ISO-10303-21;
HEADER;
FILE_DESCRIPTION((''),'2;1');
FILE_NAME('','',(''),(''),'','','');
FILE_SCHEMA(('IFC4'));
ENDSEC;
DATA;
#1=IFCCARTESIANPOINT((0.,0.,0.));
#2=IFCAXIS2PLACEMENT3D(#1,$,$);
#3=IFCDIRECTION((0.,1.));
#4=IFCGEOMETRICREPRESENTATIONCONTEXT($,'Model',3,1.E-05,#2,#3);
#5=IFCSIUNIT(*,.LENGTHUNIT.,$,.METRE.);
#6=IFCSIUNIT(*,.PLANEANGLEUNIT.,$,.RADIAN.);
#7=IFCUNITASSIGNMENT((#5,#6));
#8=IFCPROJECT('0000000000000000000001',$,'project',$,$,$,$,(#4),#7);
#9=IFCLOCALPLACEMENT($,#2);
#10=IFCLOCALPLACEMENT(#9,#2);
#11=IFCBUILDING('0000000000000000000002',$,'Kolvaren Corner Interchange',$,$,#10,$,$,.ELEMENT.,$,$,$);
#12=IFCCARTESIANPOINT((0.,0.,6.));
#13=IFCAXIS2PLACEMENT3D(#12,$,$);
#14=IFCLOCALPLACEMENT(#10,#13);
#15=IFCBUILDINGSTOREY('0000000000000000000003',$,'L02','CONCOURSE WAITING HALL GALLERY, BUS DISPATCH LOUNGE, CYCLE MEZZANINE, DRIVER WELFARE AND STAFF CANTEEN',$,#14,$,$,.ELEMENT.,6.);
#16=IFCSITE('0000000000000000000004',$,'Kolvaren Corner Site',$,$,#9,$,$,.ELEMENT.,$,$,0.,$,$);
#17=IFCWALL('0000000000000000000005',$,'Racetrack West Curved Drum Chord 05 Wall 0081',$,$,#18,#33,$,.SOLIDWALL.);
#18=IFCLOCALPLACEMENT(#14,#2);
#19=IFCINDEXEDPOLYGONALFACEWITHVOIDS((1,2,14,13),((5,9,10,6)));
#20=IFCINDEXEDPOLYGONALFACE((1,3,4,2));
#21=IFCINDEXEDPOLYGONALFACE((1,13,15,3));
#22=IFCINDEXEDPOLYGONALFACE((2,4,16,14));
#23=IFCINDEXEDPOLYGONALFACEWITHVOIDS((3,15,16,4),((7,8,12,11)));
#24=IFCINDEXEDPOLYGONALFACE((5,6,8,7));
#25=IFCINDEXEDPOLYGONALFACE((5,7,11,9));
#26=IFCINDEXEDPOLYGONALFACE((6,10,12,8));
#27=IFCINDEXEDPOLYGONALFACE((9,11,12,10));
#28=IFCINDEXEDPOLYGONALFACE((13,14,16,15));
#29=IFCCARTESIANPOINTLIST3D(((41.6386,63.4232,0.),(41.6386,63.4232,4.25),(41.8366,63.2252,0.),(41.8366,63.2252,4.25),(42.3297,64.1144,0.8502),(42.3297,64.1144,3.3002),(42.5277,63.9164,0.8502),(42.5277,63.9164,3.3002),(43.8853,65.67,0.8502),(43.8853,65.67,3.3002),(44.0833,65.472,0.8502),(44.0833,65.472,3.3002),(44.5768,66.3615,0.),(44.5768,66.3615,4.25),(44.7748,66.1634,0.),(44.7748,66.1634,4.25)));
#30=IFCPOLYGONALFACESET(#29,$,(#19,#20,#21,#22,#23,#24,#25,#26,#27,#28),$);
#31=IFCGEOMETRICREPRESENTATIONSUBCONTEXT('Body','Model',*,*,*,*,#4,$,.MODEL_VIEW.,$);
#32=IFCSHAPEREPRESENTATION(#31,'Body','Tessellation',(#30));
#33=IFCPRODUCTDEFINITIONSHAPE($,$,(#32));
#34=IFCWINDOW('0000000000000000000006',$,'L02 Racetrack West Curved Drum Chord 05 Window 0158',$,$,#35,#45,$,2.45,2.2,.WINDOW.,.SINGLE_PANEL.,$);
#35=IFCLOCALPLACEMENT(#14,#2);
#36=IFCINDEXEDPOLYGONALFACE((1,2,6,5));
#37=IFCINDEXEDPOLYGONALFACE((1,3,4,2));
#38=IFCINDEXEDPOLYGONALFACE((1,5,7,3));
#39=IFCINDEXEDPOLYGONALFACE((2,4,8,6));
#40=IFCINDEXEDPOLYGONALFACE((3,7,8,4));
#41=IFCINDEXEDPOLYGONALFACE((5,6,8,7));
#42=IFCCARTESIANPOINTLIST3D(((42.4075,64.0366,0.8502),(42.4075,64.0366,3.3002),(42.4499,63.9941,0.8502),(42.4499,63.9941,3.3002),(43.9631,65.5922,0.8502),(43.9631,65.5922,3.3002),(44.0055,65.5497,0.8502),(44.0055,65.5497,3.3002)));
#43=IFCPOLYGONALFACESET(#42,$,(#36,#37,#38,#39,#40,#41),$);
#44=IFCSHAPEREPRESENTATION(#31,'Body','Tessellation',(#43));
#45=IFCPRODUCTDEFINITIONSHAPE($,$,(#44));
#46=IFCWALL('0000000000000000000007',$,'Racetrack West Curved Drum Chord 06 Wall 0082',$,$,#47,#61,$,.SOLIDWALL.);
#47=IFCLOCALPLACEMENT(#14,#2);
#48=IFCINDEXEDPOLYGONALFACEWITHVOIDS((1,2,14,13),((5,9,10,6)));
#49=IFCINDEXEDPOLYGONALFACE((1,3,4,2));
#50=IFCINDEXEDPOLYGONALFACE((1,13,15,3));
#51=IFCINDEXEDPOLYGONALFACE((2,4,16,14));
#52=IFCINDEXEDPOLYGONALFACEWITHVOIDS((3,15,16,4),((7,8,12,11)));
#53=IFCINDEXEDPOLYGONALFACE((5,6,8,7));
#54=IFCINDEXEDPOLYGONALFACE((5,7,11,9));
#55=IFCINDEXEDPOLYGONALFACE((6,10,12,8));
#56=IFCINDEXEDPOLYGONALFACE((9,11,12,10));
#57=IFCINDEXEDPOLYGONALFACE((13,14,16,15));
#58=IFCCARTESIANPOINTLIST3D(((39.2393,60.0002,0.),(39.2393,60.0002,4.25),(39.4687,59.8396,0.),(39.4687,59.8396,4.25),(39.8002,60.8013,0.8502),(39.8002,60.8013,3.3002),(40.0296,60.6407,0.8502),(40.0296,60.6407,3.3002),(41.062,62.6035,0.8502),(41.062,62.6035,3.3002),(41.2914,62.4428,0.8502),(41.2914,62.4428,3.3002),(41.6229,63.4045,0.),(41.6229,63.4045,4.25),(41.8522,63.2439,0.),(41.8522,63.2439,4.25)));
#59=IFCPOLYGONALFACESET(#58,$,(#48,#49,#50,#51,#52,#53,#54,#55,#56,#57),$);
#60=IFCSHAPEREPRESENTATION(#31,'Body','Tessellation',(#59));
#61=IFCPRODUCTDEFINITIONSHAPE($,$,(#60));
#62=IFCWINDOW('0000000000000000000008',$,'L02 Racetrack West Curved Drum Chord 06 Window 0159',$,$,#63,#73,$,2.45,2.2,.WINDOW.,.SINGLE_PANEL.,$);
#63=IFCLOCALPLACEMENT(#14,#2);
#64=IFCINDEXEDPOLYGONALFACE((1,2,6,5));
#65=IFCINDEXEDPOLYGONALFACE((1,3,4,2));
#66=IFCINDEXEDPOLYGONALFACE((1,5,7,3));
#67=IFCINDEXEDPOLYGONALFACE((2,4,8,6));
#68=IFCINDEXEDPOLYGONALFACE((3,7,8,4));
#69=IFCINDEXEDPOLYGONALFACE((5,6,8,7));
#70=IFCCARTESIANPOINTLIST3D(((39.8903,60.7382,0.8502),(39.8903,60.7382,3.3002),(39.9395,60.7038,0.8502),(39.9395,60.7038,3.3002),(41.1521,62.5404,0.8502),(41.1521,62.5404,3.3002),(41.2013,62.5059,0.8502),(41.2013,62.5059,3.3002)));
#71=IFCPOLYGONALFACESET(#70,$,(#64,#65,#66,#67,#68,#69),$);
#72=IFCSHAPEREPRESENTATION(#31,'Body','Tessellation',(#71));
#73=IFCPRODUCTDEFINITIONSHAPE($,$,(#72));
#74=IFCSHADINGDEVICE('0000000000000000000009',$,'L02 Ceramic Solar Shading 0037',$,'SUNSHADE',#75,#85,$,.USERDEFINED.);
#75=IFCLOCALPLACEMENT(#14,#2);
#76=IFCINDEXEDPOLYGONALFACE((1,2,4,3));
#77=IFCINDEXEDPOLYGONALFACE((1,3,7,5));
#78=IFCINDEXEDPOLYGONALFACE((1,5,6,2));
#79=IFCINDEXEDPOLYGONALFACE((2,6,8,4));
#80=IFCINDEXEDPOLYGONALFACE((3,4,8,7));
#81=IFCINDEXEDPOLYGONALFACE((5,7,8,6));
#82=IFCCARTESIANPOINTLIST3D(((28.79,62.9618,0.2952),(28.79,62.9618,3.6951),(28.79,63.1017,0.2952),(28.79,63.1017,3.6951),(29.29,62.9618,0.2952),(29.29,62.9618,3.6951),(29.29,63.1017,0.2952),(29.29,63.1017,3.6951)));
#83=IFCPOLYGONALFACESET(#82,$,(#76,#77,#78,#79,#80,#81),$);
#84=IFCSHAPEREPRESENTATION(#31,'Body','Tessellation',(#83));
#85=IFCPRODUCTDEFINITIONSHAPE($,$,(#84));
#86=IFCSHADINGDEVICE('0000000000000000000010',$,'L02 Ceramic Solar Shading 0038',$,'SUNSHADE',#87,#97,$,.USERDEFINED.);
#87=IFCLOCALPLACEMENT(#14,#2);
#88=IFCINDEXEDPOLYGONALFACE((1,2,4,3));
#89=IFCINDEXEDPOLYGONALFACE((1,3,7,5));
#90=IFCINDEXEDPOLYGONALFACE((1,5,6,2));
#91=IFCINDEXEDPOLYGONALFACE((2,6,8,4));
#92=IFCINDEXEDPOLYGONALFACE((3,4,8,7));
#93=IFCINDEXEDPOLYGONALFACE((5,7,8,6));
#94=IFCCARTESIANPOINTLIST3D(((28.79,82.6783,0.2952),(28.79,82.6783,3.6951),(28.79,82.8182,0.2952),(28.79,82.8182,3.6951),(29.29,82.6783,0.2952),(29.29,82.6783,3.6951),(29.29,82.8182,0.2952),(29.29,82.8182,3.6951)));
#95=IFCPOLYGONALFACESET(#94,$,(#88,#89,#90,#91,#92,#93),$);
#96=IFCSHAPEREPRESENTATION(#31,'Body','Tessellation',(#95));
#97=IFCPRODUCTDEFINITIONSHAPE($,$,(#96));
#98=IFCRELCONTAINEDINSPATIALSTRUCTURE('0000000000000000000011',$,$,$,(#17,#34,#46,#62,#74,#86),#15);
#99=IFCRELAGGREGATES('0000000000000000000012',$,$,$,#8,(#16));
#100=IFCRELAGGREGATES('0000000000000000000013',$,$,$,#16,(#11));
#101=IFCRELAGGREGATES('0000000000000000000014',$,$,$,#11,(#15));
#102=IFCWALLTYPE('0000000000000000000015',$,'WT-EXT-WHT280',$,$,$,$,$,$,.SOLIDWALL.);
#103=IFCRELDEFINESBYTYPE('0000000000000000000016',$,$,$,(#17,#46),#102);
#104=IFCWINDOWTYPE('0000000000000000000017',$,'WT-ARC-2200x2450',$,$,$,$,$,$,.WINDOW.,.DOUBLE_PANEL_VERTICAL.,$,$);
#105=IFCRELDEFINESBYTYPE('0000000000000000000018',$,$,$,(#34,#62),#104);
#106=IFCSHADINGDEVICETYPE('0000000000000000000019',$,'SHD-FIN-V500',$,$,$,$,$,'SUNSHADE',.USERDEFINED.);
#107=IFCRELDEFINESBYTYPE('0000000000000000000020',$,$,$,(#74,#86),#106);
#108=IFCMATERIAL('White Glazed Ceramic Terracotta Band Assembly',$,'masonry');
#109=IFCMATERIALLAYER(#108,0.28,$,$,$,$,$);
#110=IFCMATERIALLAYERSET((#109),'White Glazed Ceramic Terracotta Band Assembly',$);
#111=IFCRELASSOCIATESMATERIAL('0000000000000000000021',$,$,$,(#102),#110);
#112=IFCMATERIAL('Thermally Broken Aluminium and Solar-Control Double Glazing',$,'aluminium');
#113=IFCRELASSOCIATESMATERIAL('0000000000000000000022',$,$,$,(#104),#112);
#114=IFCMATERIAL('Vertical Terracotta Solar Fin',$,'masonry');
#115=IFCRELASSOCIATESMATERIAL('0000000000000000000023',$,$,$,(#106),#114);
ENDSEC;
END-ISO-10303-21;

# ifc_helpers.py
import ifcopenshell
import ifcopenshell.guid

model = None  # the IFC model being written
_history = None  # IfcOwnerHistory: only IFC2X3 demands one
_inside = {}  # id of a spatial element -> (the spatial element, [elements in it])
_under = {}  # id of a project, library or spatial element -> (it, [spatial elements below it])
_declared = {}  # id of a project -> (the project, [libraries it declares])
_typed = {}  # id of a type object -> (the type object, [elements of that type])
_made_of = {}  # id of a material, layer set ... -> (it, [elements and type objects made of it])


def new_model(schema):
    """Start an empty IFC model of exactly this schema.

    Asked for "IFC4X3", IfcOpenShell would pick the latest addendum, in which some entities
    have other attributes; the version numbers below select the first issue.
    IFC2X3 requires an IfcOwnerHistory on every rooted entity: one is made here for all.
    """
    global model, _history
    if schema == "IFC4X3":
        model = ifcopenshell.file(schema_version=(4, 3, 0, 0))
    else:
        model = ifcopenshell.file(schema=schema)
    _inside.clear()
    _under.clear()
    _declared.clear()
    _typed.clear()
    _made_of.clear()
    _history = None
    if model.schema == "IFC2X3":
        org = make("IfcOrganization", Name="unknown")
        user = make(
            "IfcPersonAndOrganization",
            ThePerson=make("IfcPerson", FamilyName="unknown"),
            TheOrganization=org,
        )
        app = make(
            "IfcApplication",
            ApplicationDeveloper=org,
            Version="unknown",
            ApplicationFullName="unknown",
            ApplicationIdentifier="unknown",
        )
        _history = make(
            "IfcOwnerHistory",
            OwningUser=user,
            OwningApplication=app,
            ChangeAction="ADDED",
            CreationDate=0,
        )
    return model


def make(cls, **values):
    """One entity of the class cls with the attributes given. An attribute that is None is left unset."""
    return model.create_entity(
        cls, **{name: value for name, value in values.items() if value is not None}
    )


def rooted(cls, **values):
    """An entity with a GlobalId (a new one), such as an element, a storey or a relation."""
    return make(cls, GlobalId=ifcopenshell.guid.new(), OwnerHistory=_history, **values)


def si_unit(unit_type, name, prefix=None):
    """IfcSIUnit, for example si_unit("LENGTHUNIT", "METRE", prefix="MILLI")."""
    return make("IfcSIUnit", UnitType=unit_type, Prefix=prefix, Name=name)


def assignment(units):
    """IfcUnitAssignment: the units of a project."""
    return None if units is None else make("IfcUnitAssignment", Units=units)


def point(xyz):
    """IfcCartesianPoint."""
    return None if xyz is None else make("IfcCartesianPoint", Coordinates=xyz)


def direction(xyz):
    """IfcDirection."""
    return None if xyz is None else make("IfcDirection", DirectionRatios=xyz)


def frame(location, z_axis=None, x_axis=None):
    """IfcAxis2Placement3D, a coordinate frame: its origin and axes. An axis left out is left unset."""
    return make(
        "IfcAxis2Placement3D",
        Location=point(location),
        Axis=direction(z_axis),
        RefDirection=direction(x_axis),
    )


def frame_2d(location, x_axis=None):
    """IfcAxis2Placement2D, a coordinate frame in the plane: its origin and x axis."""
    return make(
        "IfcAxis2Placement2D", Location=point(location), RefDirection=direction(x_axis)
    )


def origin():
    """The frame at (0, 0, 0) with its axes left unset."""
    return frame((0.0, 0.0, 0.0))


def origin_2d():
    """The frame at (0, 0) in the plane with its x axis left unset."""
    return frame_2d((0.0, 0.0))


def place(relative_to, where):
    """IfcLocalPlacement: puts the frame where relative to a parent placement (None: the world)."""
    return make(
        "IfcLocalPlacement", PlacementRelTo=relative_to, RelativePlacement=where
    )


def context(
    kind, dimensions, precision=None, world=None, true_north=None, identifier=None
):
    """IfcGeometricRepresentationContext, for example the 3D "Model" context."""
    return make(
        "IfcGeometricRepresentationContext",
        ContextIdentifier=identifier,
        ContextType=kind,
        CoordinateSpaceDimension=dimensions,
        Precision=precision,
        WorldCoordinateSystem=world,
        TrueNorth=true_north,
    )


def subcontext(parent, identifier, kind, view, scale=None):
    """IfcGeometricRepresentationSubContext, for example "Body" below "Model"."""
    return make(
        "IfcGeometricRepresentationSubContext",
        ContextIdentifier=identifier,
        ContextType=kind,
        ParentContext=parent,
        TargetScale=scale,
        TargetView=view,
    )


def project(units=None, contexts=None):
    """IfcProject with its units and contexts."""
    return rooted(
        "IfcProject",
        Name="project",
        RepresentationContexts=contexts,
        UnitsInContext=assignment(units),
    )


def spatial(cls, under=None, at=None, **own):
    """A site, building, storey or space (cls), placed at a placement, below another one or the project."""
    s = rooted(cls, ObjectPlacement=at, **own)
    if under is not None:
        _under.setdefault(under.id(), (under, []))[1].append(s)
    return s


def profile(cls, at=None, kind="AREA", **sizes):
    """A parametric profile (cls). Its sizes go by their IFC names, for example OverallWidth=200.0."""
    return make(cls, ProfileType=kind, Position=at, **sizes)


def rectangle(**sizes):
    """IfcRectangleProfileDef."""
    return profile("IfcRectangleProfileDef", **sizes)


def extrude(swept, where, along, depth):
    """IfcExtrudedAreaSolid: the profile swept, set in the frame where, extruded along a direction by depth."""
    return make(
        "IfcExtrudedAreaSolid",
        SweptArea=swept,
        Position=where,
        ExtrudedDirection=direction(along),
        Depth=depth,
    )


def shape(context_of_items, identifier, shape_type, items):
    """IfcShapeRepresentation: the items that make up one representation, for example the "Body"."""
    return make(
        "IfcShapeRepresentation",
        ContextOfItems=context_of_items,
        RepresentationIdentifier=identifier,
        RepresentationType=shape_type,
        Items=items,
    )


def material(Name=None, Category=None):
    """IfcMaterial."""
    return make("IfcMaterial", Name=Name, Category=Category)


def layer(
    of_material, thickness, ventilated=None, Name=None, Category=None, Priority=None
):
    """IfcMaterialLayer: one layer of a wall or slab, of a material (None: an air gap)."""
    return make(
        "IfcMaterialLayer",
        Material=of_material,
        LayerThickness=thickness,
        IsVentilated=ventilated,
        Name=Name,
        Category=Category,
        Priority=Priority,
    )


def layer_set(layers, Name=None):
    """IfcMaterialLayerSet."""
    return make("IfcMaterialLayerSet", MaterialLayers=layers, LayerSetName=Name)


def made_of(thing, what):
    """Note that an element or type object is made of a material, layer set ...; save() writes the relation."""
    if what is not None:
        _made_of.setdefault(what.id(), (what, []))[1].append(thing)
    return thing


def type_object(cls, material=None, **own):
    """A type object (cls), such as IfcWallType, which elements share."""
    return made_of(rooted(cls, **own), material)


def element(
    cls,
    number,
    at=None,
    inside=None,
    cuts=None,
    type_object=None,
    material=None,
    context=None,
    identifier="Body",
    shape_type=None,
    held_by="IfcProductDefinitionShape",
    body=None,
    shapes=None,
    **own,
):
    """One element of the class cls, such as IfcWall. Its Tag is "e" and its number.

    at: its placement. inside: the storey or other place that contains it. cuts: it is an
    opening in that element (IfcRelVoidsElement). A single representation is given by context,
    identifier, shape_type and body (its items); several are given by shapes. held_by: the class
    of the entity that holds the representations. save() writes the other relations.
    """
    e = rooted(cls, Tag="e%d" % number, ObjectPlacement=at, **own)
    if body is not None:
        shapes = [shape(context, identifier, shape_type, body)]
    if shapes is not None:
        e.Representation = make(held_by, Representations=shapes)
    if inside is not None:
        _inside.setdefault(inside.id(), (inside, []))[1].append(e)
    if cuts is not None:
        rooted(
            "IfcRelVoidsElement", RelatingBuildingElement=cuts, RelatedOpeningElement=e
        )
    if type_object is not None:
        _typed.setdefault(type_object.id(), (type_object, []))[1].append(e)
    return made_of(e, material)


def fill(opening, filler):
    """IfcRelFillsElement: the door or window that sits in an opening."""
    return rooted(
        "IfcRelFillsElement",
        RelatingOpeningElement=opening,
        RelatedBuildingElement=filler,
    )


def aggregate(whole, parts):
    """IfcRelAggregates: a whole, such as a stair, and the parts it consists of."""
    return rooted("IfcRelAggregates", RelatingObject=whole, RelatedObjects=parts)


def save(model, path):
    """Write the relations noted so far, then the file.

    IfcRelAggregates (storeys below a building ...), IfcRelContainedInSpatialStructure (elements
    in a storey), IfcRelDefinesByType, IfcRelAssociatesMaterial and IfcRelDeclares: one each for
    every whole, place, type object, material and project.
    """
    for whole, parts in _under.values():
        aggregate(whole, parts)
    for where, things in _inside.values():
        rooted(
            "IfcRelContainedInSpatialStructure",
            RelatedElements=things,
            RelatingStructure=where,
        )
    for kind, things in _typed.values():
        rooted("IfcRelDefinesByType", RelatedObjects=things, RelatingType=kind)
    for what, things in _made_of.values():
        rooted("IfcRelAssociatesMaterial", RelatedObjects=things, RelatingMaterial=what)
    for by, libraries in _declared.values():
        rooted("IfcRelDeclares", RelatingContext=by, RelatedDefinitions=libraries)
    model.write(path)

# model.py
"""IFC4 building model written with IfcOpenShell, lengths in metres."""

from ifc_helpers import new_model, si_unit, direction, frame, frame_2d, origin, origin_2d, place, context, subcontext, project, spatial, rectangle, extrude, material, layer, layer_set, type_object, element, fill, save


model = new_model("IFC4")

# Units and contexts
model_context = context("Model", 3, precision=1e-05, world=origin(), true_north=direction((0.0, 1.0)))
body_context = subcontext(model_context, "Body", "Model", "MODEL_VIEW")
ifc_project = project(units=[si_unit("LENGTHUNIT", "METRE"), si_unit("PLANEANGLEUNIT", "RADIAN")], contexts=[model_context])

# Site, building, storey
site_placement = place(None, origin())
site = spatial("IfcSite", under=ifc_project, at=site_placement, Name="Kolvaren Corner Site", CompositionType="ELEMENT", RefElevation=0.0)
building_placement = place(site_placement, origin())
building = spatial("IfcBuilding", under=site, at=building_placement, Name="Kolvaren Corner Interchange", CompositionType="ELEMENT")
storey_placement = place(building_placement, frame((0.0, 0.0, 6.0)))
storey = spatial("IfcBuildingStorey", under=building, at=storey_placement, Name="L02", Description="CONCOURSE WAITING HALL GALLERY, BUS DISPATCH LOUNGE, CYCLE MEZZANINE, DRIVER WELFARE AND STAFF CANTEEN", CompositionType="ELEMENT", Elevation=6.0)

# Walls, openings, windows
ifc_material_1 = material(Name="White Glazed Ceramic Terracotta Band Assembly", Category="masonry")
ifc_layer_1 = layer(ifc_material_1, 0.28)
ifc_layer_set_1 = layer_set([ifc_layer_1], Name="White Glazed Ceramic Terracotta Band Assembly")
wall_type_1 = type_object("IfcWallType", Name="WT-EXT-WHT280", PredefinedType="SOLIDWALL", material=ifc_layer_set_1)
wall_1_placement = place(storey_placement, frame((44.6758, 66.2625, 0.0), z_axis=(0.0, 0.0, 1.0), x_axis=(-0.707107, -0.707107, 0.0)))
wall_1 = element("IfcWall", 1, at=wall_1_placement, inside=storey, type_object=wall_type_1, Name="Racetrack West Curved Drum Chord 05 Wall 0081", PredefinedType="SOLIDWALL", context=body_context, shape_type="SweptSolid", body=[
    extrude(rectangle(XDim=4.1553, YDim=0.28, at=frame_2d((2.0776, 0.0))), origin(), (0.0, 0.0, 1.0), 4.25),
])
opening_1_placement = place(wall_1_placement, frame((0.9778, 0.0, 0.8501)))
opening_1 = element("IfcOpeningElement", 2, at=opening_1_placement, cuts=wall_1, PredefinedType="OPENING", context=body_context, shape_type="SweptSolid", body=[
    extrude(rectangle(XDim=2.2, YDim=2.45, at=frame_2d((1.1001, 1.2251))), frame((0.0, 0.1499, 0.0), z_axis=(0.0, -1.0, 0.0), x_axis=(1.0, 0.0, 0.0)), (0.0, 0.0, 1.0), 0.3),
])
ifc_material_2 = material(Name="Thermally Broken Aluminium and Solar-Control Double Glazing", Category="aluminium")
window_type_1 = type_object("IfcWindowType", Name="WT-ARC-2200x2450", PartitioningType="DOUBLE_PANEL_VERTICAL", PredefinedType="WINDOW", material=ifc_material_2)
window_1_placement = place(opening_1_placement, origin())
window_1 = element("IfcWindow", 3, at=window_1_placement, inside=storey, type_object=window_type_1, Name="L02 Racetrack West Curved Drum Chord 05 Window 0158", OverallHeight=2.45, OverallWidth=2.2, PartitioningType="SINGLE_PANEL", PredefinedType="WINDOW", context=body_context, shape_type="SweptSolid", body=[
    extrude(rectangle(XDim=2.2, YDim=2.45, at=frame_2d((1.1001, 1.2251))), frame((0.0, 0.03, 0.0), z_axis=(0.0, -1.0, 0.0), x_axis=(1.0, 0.0, 0.0)), (0.0, 0.0, 1.0), 0.0601),
])
fill(opening_1, window_1)
wall_2_placement = place(storey_placement, frame((41.7375, 63.3242, 0.0), z_axis=(0.0, 0.0, 1.0), x_axis=(-0.573549, -0.819171, 0.0)))
wall_2 = element("IfcWall", 4, at=wall_2_placement, inside=storey, type_object=wall_type_1, Name="Racetrack West Curved Drum Chord 06 Wall 0082", PredefinedType="SOLIDWALL", context=body_context, shape_type="SweptSolid", body=[
    extrude(rectangle(XDim=4.1558, YDim=0.28, at=frame_2d((2.0779, 0.0))), origin(), (0.0, 0.0, 1.0), 4.25),
])
opening_2_placement = place(wall_2_placement, frame((0.9778, 0.0, 0.8501)))
opening_2 = element("IfcOpeningElement", 5, at=opening_2_placement, cuts=wall_2, PredefinedType="OPENING", context=body_context, shape_type="SweptSolid", body=[
    extrude(rectangle(XDim=2.2, YDim=2.45, at=frame_2d((1.1001, 1.2251))), frame((0.0, 0.1499, 0.0), z_axis=(0.0, -1.0, 0.0), x_axis=(1.0, 0.0, 0.0)), (0.0, 0.0, 1.0), 0.3),
])
window_2_placement = place(opening_2_placement, origin())
window_2 = element("IfcWindow", 6, at=window_2_placement, inside=storey, type_object=window_type_1, Name="L02 Racetrack West Curved Drum Chord 06 Window 0159", OverallHeight=2.45, OverallWidth=2.2, PartitioningType="SINGLE_PANEL", PredefinedType="WINDOW", context=body_context, shape_type="SweptSolid", body=[
    extrude(rectangle(XDim=2.2, YDim=2.45, at=frame_2d((1.1001, 1.2251))), frame((0.0, 0.03, 0.0), z_axis=(0.0, -1.0, 0.0), x_axis=(1.0, 0.0, 0.0)), (0.0, 0.0, 1.0), 0.0601),
])
fill(opening_2, window_2)

# Shading devices
ifc_material_3 = material(Name="Vertical Terracotta Solar Fin", Category="masonry")
shading_device_type = type_object("IfcShadingDeviceType", Name="SHD-FIN-V500", ElementType="SUNSHADE", PredefinedType="USERDEFINED", material=ifc_material_3)
for number, where, z_axis, x_axis, name in (
    (7, (29.04, 63.0317, 0.2952), (0.0, 0.0, 1.0), (0.0, 1.0, 0.0), "L02 Ceramic Solar Shading 0037"),
    (8, (29.04, 82.7483, 0.2952), (0.0, 0.0, 1.0), (0.0, 1.0, 0.0), "L02 Ceramic Solar Shading 0038"),
):
    element("IfcShadingDevice", number, at=place(storey_placement, frame(where, z_axis=z_axis, x_axis=x_axis)), inside=storey, type_object=shading_device_type, Name=name, ObjectType="SUNSHADE", PredefinedType="USERDEFINED", context=body_context, shape_type="SweptSolid", body=[
        extrude(rectangle(XDim=0.1399, YDim=0.5, at=origin_2d()), origin(), (0.0, 0.0, 1.0), 3.3999),
    ])

save(model, "model.ifc")
